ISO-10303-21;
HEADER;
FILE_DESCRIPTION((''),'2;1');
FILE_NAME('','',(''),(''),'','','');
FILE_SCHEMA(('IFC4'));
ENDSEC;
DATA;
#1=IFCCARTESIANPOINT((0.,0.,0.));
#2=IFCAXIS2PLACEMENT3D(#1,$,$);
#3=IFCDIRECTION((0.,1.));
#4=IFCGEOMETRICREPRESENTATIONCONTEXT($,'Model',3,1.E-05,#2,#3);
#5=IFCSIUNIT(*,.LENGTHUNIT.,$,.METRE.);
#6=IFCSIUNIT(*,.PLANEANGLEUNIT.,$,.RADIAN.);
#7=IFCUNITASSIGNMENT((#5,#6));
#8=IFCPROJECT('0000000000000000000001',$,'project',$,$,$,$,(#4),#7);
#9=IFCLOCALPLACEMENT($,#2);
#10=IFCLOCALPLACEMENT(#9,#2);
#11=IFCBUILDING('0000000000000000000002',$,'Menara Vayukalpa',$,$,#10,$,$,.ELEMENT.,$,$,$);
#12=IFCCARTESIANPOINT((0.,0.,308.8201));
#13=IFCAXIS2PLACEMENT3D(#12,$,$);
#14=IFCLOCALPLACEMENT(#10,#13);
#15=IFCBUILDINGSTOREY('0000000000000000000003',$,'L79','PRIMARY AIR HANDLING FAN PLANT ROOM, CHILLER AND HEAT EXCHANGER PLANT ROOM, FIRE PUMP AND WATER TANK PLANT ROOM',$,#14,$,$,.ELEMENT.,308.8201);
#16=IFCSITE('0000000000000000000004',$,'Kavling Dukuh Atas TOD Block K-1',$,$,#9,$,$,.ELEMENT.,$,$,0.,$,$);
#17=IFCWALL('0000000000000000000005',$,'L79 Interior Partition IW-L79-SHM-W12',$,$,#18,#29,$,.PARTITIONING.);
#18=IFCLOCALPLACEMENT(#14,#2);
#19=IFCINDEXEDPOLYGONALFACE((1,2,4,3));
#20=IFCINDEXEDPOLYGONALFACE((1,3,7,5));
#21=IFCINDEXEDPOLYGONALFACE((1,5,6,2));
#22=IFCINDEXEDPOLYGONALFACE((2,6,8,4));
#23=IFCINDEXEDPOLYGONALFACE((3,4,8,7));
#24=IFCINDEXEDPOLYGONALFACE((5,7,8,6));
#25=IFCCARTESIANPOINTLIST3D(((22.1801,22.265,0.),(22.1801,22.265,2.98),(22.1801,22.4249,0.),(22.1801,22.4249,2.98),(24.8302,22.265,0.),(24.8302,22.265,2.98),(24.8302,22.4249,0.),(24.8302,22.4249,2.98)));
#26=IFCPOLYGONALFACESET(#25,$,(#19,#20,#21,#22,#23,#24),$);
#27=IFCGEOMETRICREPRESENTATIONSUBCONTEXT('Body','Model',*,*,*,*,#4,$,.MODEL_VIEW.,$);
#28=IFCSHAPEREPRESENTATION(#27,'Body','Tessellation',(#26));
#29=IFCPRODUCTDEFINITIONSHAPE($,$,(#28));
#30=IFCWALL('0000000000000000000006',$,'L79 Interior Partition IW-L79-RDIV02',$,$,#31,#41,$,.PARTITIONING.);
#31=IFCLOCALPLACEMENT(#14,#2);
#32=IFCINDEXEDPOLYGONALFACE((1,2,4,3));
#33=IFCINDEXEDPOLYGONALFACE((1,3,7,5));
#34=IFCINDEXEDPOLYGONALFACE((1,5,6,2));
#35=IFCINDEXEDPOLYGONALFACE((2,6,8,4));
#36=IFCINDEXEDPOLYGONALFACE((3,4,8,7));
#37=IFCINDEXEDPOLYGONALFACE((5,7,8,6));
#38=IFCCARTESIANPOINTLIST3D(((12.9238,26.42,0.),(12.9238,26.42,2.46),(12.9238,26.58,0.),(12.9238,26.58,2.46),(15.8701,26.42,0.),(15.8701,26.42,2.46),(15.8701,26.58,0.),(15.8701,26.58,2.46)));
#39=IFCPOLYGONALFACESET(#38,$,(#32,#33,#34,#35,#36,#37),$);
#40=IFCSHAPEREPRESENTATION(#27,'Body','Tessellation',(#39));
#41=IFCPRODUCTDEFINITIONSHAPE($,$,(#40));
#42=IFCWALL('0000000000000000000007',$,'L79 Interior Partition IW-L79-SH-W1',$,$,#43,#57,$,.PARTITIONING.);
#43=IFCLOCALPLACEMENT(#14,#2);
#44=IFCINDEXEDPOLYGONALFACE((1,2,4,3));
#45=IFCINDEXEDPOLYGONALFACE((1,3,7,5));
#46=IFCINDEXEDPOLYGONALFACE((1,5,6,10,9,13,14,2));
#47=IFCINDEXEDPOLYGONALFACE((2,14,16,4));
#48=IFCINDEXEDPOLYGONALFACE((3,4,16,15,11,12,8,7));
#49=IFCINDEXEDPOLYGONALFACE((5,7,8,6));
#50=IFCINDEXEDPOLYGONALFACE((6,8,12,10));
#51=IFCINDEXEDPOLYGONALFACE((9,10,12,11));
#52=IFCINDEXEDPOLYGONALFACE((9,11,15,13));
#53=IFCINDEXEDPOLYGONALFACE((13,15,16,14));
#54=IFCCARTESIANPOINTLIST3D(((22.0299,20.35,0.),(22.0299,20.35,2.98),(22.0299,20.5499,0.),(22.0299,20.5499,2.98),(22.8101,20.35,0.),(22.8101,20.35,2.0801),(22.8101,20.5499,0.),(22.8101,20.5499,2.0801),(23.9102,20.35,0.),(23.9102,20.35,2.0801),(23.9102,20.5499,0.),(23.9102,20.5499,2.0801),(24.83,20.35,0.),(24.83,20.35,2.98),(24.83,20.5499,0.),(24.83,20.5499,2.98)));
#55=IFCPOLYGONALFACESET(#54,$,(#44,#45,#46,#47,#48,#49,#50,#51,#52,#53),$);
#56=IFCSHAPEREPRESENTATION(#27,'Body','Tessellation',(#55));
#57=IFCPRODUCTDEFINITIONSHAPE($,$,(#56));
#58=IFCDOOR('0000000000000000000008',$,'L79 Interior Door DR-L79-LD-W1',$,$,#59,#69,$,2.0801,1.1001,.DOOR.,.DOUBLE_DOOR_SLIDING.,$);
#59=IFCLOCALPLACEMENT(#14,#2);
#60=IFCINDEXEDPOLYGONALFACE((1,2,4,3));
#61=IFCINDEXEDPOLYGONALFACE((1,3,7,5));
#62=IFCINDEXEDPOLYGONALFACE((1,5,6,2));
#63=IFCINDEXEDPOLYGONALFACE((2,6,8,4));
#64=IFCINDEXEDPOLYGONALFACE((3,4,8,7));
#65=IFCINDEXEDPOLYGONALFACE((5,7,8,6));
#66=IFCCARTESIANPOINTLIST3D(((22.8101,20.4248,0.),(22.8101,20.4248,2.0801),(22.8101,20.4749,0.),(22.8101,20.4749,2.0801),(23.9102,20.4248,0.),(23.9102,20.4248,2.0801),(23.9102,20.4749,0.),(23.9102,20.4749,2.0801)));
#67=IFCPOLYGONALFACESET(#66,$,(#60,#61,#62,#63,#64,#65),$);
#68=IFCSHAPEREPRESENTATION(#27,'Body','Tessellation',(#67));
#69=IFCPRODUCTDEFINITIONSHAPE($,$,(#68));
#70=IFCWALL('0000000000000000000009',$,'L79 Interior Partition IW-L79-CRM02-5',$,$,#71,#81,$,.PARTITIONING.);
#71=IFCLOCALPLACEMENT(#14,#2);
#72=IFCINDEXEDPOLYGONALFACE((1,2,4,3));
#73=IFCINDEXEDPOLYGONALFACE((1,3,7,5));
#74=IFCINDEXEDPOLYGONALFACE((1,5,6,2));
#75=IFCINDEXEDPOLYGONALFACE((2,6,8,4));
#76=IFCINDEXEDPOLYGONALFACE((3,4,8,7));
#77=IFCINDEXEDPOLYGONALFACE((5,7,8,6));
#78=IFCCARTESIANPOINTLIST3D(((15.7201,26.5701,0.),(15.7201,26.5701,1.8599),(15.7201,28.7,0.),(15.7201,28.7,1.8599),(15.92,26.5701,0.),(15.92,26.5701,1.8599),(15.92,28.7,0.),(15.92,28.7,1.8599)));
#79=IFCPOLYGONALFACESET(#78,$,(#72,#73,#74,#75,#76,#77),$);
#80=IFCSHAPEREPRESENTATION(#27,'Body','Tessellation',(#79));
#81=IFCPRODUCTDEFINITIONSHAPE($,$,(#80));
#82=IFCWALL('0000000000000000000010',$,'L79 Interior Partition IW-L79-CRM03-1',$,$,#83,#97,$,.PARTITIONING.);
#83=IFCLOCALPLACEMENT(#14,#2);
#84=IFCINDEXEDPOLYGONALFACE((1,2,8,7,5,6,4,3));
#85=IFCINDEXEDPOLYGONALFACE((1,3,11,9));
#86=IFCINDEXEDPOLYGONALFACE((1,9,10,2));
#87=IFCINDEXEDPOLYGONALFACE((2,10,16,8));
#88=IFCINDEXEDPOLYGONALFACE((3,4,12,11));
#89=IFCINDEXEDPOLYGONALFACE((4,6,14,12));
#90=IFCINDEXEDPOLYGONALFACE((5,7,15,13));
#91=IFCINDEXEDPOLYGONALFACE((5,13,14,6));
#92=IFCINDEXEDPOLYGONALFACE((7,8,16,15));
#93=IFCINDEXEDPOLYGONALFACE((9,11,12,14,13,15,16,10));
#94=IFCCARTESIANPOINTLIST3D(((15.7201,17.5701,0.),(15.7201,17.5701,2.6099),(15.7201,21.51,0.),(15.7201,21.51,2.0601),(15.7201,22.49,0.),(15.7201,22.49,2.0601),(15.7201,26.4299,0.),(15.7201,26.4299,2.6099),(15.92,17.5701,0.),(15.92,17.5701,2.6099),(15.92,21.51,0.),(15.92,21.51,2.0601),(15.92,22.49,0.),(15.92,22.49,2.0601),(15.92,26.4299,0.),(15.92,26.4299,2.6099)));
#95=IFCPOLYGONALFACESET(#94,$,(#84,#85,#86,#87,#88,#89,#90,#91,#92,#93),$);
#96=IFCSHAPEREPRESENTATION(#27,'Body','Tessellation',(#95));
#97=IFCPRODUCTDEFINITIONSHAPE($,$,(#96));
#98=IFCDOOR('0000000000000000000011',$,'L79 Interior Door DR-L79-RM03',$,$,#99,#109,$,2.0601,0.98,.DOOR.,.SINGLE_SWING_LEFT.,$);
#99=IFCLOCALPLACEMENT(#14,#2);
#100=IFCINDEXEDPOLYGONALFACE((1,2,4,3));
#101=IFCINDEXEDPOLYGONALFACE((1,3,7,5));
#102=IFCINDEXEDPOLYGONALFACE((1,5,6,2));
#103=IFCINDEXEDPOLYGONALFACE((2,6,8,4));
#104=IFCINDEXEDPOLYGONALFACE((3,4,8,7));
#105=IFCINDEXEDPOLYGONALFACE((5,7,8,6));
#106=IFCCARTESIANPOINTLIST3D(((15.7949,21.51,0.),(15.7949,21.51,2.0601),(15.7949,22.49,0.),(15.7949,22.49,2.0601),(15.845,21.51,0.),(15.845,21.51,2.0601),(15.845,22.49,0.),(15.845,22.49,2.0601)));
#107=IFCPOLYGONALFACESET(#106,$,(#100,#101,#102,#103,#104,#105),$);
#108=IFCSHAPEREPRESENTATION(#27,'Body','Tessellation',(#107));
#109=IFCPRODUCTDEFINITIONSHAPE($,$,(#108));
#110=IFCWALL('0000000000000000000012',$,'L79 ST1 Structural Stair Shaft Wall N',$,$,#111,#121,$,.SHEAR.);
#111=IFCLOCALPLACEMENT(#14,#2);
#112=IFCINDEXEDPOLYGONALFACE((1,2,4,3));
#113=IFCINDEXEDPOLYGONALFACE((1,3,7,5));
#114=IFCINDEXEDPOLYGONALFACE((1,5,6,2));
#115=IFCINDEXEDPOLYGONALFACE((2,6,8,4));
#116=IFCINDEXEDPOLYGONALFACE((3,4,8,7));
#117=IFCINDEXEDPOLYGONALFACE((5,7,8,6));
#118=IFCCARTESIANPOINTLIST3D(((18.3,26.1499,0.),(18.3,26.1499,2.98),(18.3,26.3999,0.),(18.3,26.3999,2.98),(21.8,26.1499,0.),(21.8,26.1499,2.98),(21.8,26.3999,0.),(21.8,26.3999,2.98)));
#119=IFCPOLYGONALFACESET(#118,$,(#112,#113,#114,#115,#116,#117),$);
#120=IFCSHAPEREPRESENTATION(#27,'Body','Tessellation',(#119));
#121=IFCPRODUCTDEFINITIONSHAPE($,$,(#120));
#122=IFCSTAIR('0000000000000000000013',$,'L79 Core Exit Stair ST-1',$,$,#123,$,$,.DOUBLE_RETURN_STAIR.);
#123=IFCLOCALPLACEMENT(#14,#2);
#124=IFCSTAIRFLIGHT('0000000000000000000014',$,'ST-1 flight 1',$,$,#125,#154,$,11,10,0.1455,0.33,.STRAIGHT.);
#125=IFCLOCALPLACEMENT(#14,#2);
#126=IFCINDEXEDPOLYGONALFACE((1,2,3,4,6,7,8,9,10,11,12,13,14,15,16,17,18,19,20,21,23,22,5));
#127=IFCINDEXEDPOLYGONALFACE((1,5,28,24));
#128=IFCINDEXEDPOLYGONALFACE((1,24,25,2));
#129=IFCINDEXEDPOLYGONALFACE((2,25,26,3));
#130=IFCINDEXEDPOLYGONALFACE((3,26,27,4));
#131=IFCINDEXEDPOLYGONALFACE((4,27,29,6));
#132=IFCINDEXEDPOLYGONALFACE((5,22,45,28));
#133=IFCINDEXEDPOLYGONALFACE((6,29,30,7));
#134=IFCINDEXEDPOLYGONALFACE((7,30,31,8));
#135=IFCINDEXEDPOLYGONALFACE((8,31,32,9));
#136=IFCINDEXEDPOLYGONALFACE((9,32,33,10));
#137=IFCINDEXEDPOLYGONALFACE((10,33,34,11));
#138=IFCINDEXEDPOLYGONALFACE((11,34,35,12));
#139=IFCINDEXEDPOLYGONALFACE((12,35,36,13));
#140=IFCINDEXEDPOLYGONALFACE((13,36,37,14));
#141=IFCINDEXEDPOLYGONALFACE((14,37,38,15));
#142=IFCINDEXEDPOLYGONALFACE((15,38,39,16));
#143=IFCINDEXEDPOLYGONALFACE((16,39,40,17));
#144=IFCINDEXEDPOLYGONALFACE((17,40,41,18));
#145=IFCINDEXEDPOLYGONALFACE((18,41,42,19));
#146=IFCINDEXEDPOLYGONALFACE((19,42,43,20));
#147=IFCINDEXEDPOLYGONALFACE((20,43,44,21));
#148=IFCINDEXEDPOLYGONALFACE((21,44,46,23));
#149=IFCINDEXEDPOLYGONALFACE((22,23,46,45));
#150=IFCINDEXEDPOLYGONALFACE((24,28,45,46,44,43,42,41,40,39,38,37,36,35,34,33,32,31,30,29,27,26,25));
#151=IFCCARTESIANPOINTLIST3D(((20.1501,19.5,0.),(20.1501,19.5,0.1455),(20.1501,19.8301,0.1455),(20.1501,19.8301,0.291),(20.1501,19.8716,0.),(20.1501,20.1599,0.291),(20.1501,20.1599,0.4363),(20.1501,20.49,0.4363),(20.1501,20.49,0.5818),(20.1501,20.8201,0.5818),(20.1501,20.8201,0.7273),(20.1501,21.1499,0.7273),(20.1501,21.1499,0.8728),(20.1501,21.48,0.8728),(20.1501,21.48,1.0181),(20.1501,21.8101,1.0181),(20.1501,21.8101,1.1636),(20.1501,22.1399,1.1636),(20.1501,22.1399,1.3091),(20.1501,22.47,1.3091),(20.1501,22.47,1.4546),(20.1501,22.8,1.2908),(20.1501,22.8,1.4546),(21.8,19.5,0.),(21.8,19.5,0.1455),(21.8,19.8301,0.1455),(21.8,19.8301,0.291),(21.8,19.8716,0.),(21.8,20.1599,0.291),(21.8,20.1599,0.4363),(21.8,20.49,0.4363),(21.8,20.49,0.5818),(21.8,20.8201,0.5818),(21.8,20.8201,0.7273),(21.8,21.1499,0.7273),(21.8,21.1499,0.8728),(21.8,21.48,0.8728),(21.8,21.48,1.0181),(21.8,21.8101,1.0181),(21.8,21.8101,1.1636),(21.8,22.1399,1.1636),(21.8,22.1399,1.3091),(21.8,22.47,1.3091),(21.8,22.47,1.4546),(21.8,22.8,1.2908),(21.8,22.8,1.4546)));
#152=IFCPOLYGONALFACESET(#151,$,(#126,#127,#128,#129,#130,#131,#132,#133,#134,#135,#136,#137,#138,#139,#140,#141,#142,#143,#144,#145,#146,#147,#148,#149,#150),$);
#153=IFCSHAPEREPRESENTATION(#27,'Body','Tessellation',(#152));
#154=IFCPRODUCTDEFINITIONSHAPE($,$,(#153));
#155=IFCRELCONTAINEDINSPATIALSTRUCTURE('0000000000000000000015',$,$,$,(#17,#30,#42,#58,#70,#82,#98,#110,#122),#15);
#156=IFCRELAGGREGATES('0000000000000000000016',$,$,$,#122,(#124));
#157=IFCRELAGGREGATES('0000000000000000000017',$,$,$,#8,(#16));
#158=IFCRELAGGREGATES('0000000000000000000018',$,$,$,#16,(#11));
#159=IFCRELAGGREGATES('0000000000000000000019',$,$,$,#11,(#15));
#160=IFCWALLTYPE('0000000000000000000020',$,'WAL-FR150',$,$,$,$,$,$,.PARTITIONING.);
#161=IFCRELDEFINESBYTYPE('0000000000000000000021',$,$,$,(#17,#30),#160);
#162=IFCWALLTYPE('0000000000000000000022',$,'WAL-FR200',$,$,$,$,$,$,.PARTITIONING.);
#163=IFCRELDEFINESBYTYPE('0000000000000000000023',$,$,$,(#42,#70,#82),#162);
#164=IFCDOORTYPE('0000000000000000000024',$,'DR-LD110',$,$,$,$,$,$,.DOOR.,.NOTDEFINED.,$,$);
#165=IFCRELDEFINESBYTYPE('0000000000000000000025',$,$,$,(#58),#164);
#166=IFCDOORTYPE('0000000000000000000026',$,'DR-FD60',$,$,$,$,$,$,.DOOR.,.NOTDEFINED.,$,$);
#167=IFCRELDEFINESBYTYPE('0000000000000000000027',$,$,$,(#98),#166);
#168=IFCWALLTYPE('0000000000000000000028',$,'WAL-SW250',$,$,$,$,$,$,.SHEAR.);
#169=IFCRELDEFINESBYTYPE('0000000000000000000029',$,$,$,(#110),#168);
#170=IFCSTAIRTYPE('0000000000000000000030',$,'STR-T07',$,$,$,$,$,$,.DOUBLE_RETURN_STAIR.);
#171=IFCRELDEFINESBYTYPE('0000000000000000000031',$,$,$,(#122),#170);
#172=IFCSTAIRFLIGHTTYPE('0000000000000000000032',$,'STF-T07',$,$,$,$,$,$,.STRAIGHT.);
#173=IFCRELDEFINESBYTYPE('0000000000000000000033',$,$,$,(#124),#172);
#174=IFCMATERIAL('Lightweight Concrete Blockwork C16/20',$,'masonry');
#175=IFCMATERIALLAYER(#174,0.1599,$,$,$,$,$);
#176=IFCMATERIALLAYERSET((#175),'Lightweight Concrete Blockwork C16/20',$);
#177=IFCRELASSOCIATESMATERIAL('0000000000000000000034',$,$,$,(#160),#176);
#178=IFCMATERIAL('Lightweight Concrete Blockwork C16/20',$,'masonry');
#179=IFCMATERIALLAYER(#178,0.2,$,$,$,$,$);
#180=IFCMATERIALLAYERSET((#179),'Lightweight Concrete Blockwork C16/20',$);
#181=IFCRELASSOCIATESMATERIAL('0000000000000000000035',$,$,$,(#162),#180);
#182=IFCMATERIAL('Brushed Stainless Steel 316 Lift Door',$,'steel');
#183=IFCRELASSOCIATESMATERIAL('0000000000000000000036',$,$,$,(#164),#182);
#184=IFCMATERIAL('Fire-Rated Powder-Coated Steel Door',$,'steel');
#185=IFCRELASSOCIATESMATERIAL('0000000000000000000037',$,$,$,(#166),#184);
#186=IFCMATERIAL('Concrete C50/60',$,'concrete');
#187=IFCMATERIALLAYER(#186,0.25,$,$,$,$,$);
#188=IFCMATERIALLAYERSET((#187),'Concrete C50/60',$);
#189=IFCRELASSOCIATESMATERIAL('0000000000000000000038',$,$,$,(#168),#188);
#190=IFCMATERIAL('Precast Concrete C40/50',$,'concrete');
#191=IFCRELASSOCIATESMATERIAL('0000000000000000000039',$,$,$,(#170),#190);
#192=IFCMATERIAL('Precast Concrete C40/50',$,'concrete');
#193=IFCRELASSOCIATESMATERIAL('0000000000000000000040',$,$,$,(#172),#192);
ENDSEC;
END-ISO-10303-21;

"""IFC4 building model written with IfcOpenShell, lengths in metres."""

from ifc_helpers import new_model, si_unit, direction, frame, frame_2d, origin, place, context, subcontext, project, spatial, polyline, rectangle, outline, extrude, material, layer, layer_set, type_object, element, fill, aggregate, save


model = new_model("IFC4")

# Units and contexts
model_context = context("Model", 3, precision=1e-05, world=origin(), true_north=direction((0.0, 1.0)))
body_context = subcontext(model_context, "Body", "Model", "MODEL_VIEW")
ifc_project = project(units=[si_unit("LENGTHUNIT", "METRE"), si_unit("PLANEANGLEUNIT", "RADIAN")], contexts=[model_context])

# Site, building, storey
site_placement = place(None, origin())
site = spatial("IfcSite", under=ifc_project, at=site_placement, Name="Kavling Dukuh Atas TOD Block K-1", CompositionType="ELEMENT", RefElevation=0.0)
building_placement = place(site_placement, origin())
building = spatial("IfcBuilding", under=site, at=building_placement, Name="Menara Vayukalpa", CompositionType="ELEMENT")
storey_placement = place(building_placement, frame((0.0, 0.0, 308.8201)))
storey = spatial("IfcBuildingStorey", under=building, at=storey_placement, Name="L79", Description="PRIMARY AIR HANDLING FAN PLANT ROOM, CHILLER AND HEAT EXCHANGER PLANT ROOM, FIRE PUMP AND WATER TANK PLANT ROOM", CompositionType="ELEMENT", Elevation=308.8201)

# Walls
ifc_material_1 = material(Name="Lightweight Concrete Blockwork C16/20", Category="masonry")
ifc_layer_1 = layer(ifc_material_1, 0.1599)
ifc_layer_set_1 = layer_set([ifc_layer_1], Name="Lightweight Concrete Blockwork C16/20")
wall_type_1 = type_object("IfcWallType", Name="WAL-FR150", PredefinedType="PARTITIONING", material=ifc_layer_set_1)
wall_1_placement = place(storey_placement, frame((22.1799, 22.345, 0.0), z_axis=(0.0, 0.0, 1.0), x_axis=(1.0, 0.0, 0.0)))
element("IfcWall", 1, at=wall_1_placement, inside=storey, type_object=wall_type_1, Name="L79 Interior Partition IW-L79-SHM-W12", PredefinedType="PARTITIONING", context=body_context, shape_type="SweptSolid", body=[
    extrude(rectangle(XDim=2.6501, YDim=0.1599, at=frame_2d((1.3252, 0.0))), origin(), (0.0, 0.0, 1.0), 2.98),
])
wall_2_placement = place(storey_placement, frame((12.9238, 26.5, 0.0), z_axis=(0.0, 0.0, 1.0), x_axis=(1.0, 0.0, 0.0)))
element("IfcWall", 2, at=wall_2_placement, inside=storey, type_object=wall_type_1, Name="L79 Interior Partition IW-L79-RDIV02", PredefinedType="PARTITIONING", context=body_context, shape_type="SweptSolid", body=[
    extrude(rectangle(XDim=2.9463, YDim=0.1599, at=frame_2d((1.4731, 0.0))), origin(), (0.0, 0.0, 1.0), 2.46),
])

# Wall, opening, door
ifc_material_2 = material(Name="Lightweight Concrete Blockwork C16/20", Category="masonry")
ifc_layer_2 = layer(ifc_material_2, 0.2)
ifc_layer_set_2 = layer_set([ifc_layer_2], Name="Lightweight Concrete Blockwork C16/20")
wall_type_2 = type_object("IfcWallType", Name="WAL-FR200", PredefinedType="PARTITIONING", material=ifc_layer_set_2)
wall_3_placement = place(storey_placement, frame((22.03, 20.45, 0.0), z_axis=(0.0, 0.0, 1.0), x_axis=(1.0, 0.0, 0.0)))
wall_3 = element("IfcWall", 3, at=wall_3_placement, inside=storey, type_object=wall_type_2, Name="L79 Interior Partition IW-L79-SH-W1", PredefinedType="PARTITIONING", context=body_context, shape_type="SweptSolid", body=[
    extrude(rectangle(XDim=2.8, YDim=0.2, at=frame_2d((1.3999, 0.0))), origin(), (0.0, 0.0, 1.0), 2.98),
])
opening_1_placement = place(wall_3_placement, frame((0.78, 0.0, 0.0)))
opening_1 = element("IfcOpeningElement", 4, at=opening_1_placement, cuts=wall_3, PredefinedType="OPENING", context=body_context, shape_type="SweptSolid", body=[
    extrude(rectangle(XDim=1.1001, YDim=2.0801, at=frame_2d((0.55, 1.04))), frame((0.0, 0.1099, 0.0), z_axis=(0.0, -1.0, 0.0), x_axis=(1.0, 0.0, 0.0)), (0.0, 0.0, 1.0), 0.22),
])
ifc_material_3 = material(Name="Brushed Stainless Steel 316 Lift Door", Category="steel")
door_type_1 = type_object("IfcDoorType", Name="DR-LD110", OperationType="NOTDEFINED", PredefinedType="DOOR", material=ifc_material_3)
door_1_placement = place(opening_1_placement, origin())
door_1 = element("IfcDoor", 5, at=door_1_placement, inside=storey, type_object=door_type_1, Name="L79 Interior Door DR-L79-LD-W1", OperationType="DOUBLE_DOOR_SLIDING", OverallHeight=2.0801, OverallWidth=1.1001, PredefinedType="DOOR", context=body_context, shape_type="SweptSolid", body=[
    extrude(rectangle(XDim=1.1001, YDim=2.0801, at=frame_2d((0.55, 1.04))), frame((0.0, 0.0249, 0.0), z_axis=(0.0, -1.0, 0.0), x_axis=(1.0, 0.0, 0.0)), (0.0, 0.0, 1.0), 0.05),
])
fill(opening_1, door_1)

# Wall
wall_4_placement = place(storey_placement, frame((15.8201, 28.7, 0.0), z_axis=(0.0, 0.0, 1.0), x_axis=(0.0, -1.0, 0.0)))
element("IfcWall", 6, at=wall_4_placement, inside=storey, type_object=wall_type_2, Name="L79 Interior Partition IW-L79-CRM02-5", PredefinedType="PARTITIONING", context=body_context, shape_type="SweptSolid", body=[
    extrude(rectangle(XDim=2.1299, YDim=0.2, at=frame_2d((1.0649, 0.0))), origin(), (0.0, 0.0, 1.0), 1.8599),
])

# Wall, opening, door
wall_5_placement = place(storey_placement, frame((15.8201, 26.4299, 0.0), z_axis=(0.0, 0.0, 1.0), x_axis=(0.0, -1.0, 0.0)))
wall_5 = element("IfcWall", 7, at=wall_5_placement, inside=storey, type_object=wall_type_2, Name="L79 Interior Partition IW-L79-CRM03-1", PredefinedType="PARTITIONING", context=body_context, shape_type="SweptSolid", body=[
    extrude(rectangle(XDim=8.8599, YDim=0.2, at=frame_2d((4.4299, 0.0))), origin(), (0.0, 0.0, 1.0), 2.6099),
])
opening_2_placement = place(wall_5_placement, frame((3.9399, 0.0, 0.0)))
opening_2 = element("IfcOpeningElement", 8, at=opening_2_placement, cuts=wall_5, PredefinedType="OPENING", context=body_context, shape_type="SweptSolid", body=[
    extrude(rectangle(XDim=0.98, YDim=2.0601, at=frame_2d((0.49, 1.03))), frame((0.0, 0.1099, 0.0), z_axis=(0.0, -1.0, 0.0), x_axis=(1.0, 0.0, 0.0)), (0.0, 0.0, 1.0), 0.22),
])
ifc_material_4 = material(Name="Fire-Rated Powder-Coated Steel Door", Category="steel")
door_type_2 = type_object("IfcDoorType", Name="DR-FD60", OperationType="NOTDEFINED", PredefinedType="DOOR", material=ifc_material_4)
door_2_placement = place(opening_2_placement, origin())
door_2 = element("IfcDoor", 9, at=door_2_placement, inside=storey, type_object=door_type_2, Name="L79 Interior Door DR-L79-RM03", OperationType="SINGLE_SWING_LEFT", OverallHeight=2.0601, OverallWidth=0.98, PredefinedType="DOOR", context=body_context, shape_type="SweptSolid", body=[
    extrude(rectangle(XDim=0.98, YDim=2.0601, at=frame_2d((0.49, 1.03))), frame((0.0, 0.0249, 0.0), z_axis=(0.0, -1.0, 0.0), x_axis=(1.0, 0.0, 0.0)), (0.0, 0.0, 1.0), 0.05),
])
fill(opening_2, door_2)

# Wall
ifc_material_5 = material(Name="Concrete C50/60", Category="concrete")
ifc_layer_3 = layer(ifc_material_5, 0.25)
ifc_layer_set_3 = layer_set([ifc_layer_3], Name="Concrete C50/60")
wall_type_3 = type_object("IfcWallType", Name="WAL-SW250", PredefinedType="SHEAR", material=ifc_layer_set_3)
wall_6_placement = place(storey_placement, frame((18.3, 26.2749, 0.0), z_axis=(0.0, 0.0, 1.0), x_axis=(1.0, 0.0, 0.0)))
element("IfcWall", 10, at=wall_6_placement, inside=storey, type_object=wall_type_3, Name="L79 ST1 Structural Stair Shaft Wall N", PredefinedType="SHEAR", context=body_context, shape_type="SweptSolid", body=[
    extrude(rectangle(XDim=3.5, YDim=0.25, at=frame_2d((1.75, 0.0))), origin(), (0.0, 0.0, 1.0), 2.98),
])

# Stair, stair flight
ifc_material_6 = material(Name="Precast Concrete C40/50", Category="concrete")
stair_type = type_object("IfcStairType", Name="STR-T07", PredefinedType="DOUBLE_RETURN_STAIR", material=ifc_material_6)
stair_placement = place(storey_placement, origin())
stair = element("IfcStair", 11, at=stair_placement, inside=storey, type_object=stair_type, Name="L79 Core Exit Stair ST-1", PredefinedType="DOUBLE_RETURN_STAIR")
ifc_material_7 = material(Name="Precast Concrete C40/50", Category="concrete")
stair_flight_type = type_object("IfcStairFlightType", Name="STF-T07", PredefinedType="STRAIGHT", material=ifc_material_7)
stair_flight_1_placement = place(storey_placement, frame((20.9751, 19.5, 0.0), z_axis=(0.0, 0.0, 1.0), x_axis=(0.0, 1.0, 0.0)))
stair_flight_1 = element("IfcStairFlight", 12, at=stair_flight_1_placement, type_object=stair_flight_type, Name="ST-1 flight 1", NumberOfRisers=11, NumberOfTreads=10, PredefinedType="STRAIGHT", RiserHeight=0.1455, TreadLength=0.33, context=body_context, shape_type="SweptSolid", body=[
    extrude(outline(polyline([(0.0, 0.0), (0.0, 0.1455), (0.3301, 0.1455), (0.3301, 0.291), (0.6599, 0.291), (0.6599, 0.4363), (0.99, 0.4363), (0.99, 0.5818), (1.3201, 0.5818), (1.3201, 0.7273), (1.6499, 0.7273), (1.6499, 0.8728), (1.98, 0.8728), (1.98, 1.0181), (2.3101, 1.0181), (2.3101, 1.1636), (2.6399, 1.1636), (2.6399, 1.3091), (2.97, 1.3091), (2.97, 1.4546), (3.3, 1.4546), (3.3, 1.6001), (3.3, 1.2908), (0.3716, 0.0), (0.0, 0.0)])), frame((0.0, 0.825, 0.0), z_axis=(0.0, -1.0, 0.0), x_axis=(1.0, 0.0, 0.0)), (0.0, 0.0, 1.0), 1.6499),
])
aggregate(stair, [stair_flight_1])

save(model, "model.ifc")
